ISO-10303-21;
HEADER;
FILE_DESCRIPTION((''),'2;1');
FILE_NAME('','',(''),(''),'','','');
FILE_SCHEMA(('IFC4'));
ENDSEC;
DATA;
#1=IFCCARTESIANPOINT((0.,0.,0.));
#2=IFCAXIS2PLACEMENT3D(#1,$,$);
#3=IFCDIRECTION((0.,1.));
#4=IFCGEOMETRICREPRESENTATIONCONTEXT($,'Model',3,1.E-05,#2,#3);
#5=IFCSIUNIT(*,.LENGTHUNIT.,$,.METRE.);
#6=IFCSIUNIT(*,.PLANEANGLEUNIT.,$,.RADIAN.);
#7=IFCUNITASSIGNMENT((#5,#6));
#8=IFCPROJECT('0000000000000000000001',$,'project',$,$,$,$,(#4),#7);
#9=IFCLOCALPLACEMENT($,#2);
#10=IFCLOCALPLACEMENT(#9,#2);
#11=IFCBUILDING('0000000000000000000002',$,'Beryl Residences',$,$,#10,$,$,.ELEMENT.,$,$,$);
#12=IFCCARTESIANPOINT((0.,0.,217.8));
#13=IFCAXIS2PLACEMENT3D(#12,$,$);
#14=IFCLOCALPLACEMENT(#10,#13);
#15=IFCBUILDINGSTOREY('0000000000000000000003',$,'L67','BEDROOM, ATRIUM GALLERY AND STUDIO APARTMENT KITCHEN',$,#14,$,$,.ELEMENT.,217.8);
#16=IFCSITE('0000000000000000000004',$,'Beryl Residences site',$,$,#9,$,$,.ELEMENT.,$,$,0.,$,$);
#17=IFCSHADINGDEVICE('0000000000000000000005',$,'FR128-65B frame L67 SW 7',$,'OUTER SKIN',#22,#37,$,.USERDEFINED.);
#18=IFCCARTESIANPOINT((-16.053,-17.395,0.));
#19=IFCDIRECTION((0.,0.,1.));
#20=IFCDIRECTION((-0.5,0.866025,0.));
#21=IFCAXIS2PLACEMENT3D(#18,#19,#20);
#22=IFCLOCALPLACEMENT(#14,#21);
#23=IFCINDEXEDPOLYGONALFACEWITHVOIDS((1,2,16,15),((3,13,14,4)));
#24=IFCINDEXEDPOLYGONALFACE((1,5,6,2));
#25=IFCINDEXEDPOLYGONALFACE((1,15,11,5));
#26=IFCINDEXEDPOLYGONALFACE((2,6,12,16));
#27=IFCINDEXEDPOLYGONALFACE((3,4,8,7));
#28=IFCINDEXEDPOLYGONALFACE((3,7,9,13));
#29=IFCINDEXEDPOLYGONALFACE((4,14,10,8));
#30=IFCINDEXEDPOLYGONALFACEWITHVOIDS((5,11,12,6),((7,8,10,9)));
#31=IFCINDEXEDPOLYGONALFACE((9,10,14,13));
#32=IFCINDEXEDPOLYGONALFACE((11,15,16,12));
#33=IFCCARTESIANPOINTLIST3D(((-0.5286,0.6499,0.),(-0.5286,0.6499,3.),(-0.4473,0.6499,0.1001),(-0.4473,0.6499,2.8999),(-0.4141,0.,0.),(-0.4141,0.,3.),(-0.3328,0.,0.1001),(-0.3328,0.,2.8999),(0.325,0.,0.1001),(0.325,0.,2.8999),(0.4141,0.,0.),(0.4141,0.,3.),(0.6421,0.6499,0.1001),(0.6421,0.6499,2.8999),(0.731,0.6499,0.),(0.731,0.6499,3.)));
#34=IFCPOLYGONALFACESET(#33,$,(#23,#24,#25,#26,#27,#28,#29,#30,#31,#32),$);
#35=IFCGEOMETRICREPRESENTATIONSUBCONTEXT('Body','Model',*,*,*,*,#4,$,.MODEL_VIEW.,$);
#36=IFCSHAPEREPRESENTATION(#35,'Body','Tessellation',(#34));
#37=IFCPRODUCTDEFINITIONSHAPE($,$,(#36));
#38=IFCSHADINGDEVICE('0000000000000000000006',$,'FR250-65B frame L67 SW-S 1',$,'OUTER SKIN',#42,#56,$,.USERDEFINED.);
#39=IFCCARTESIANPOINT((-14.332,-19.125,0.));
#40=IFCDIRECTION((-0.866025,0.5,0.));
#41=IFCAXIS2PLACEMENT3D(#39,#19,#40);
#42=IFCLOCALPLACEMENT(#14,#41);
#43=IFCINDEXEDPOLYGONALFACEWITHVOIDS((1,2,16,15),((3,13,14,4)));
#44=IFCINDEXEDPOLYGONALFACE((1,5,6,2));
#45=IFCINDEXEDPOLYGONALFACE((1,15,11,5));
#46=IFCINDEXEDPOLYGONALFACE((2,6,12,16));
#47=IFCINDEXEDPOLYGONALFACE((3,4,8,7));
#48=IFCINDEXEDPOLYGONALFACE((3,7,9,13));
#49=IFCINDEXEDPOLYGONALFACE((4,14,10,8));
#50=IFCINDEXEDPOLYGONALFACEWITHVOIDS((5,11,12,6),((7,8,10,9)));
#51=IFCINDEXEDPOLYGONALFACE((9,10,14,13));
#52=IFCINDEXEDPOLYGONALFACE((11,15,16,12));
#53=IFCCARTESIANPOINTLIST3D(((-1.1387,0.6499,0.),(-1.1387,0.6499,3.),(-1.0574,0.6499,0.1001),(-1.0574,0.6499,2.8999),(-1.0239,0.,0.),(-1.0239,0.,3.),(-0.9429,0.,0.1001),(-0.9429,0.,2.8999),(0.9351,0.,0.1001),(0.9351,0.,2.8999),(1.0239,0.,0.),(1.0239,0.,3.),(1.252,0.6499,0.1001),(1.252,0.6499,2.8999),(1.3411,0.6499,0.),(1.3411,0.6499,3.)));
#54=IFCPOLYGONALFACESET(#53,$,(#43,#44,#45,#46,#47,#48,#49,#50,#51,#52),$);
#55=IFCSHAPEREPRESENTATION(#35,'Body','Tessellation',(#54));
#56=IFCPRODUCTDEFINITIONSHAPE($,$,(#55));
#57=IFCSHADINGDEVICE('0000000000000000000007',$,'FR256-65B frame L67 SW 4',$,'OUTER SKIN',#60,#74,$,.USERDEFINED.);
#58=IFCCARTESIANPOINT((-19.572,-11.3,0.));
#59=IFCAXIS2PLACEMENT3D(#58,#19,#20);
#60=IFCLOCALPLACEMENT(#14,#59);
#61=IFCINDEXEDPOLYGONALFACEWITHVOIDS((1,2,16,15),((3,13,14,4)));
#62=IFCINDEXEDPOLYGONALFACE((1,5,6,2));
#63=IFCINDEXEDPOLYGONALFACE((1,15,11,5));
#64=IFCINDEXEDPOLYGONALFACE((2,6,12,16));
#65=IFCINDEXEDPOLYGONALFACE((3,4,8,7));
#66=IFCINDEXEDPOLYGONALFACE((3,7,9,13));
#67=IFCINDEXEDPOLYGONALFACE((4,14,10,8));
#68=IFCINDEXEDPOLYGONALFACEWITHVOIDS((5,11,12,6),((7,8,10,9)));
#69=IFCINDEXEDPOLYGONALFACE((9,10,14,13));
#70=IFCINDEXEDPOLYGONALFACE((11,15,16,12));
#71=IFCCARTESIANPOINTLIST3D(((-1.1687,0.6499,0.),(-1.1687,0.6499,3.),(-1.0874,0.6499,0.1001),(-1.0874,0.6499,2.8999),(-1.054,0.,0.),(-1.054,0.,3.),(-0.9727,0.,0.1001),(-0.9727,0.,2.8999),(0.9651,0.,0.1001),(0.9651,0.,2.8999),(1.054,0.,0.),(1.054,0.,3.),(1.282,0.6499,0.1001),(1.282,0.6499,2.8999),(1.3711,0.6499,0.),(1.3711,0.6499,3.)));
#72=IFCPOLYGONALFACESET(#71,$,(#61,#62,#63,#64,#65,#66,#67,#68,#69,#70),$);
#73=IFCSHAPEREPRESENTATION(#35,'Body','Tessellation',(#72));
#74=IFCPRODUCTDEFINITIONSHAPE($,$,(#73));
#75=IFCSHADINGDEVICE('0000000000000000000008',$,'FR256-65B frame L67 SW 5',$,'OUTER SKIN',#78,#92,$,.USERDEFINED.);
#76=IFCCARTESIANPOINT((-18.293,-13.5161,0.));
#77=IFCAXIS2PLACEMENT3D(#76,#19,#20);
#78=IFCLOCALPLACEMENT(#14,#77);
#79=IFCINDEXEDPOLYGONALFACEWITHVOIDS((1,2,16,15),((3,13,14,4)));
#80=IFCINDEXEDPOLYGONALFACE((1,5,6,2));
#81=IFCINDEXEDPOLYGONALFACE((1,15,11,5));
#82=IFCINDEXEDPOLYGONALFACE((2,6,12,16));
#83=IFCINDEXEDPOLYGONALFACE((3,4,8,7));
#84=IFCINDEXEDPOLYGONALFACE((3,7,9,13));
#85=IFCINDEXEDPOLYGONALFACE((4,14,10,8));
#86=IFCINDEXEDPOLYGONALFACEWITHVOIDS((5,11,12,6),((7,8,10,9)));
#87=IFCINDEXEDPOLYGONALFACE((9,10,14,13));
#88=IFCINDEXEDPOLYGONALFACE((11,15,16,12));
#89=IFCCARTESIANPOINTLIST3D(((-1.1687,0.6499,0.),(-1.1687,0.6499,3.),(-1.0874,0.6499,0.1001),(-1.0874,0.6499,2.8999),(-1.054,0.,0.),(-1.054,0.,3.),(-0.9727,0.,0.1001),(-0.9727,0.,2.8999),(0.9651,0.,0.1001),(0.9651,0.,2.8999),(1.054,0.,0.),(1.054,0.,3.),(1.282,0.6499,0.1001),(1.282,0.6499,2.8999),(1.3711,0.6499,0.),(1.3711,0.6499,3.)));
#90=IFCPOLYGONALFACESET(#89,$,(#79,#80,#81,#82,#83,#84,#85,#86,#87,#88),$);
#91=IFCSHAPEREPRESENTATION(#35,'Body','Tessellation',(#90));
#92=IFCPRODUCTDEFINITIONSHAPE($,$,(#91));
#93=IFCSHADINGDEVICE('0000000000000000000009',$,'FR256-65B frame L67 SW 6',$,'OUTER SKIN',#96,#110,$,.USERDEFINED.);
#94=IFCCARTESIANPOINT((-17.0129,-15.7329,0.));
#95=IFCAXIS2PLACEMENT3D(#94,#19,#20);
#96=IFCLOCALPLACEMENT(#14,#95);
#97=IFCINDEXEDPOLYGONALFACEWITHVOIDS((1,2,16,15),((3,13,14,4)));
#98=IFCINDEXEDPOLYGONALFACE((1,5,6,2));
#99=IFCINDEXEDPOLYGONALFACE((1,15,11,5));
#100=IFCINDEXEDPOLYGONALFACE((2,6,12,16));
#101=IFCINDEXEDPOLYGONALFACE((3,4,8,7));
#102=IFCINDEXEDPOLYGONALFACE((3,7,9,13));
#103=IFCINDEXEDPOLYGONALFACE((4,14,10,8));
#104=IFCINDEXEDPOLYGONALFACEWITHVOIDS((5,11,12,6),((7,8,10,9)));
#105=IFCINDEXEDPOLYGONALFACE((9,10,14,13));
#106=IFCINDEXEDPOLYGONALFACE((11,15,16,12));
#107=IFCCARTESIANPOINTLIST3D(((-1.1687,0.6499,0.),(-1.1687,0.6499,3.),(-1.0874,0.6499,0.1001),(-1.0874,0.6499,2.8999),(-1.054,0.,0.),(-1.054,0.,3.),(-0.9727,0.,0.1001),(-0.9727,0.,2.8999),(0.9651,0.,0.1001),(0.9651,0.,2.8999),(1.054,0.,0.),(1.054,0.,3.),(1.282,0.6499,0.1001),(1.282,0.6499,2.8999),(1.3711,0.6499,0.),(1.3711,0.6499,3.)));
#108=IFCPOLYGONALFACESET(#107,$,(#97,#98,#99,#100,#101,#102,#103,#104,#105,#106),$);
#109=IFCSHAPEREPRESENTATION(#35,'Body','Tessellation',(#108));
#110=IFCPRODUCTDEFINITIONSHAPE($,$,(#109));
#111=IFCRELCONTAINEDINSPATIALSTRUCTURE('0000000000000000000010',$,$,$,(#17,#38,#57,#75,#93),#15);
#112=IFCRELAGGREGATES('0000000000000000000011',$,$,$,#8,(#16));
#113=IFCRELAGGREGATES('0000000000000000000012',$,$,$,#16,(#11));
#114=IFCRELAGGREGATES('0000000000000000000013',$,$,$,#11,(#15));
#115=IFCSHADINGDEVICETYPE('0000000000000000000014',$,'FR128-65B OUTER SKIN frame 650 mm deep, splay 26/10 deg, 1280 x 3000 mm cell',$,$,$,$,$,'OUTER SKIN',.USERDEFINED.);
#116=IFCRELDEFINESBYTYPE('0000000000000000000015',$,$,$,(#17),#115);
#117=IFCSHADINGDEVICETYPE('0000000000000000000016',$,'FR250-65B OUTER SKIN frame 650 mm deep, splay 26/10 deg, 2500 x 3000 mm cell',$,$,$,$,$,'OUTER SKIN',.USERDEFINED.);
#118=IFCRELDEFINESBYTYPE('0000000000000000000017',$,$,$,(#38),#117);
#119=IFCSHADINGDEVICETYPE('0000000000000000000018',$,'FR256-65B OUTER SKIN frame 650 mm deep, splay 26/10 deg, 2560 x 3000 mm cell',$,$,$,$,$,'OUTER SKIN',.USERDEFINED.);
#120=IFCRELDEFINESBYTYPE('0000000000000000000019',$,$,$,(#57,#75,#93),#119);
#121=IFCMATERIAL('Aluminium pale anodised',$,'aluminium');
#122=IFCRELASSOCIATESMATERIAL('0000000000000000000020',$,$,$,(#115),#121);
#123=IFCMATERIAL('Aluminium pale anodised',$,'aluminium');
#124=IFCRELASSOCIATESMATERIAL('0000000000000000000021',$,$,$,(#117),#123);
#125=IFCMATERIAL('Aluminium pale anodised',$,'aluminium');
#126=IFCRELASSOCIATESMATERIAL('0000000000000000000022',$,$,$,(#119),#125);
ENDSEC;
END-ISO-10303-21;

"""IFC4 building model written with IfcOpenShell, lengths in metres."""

from ifc_helpers import new_model, entity, si_unit, direction, frame, origin, place, context, subcontext, project, spatial, source, transform, mapped, material, type_object, type_shapes, element, save


model = new_model("IFC4")

# Units and contexts
model_context = context("Model", 3, precision=1e-05, world=origin(), true_north=direction((0.0, 1.0)))
body_context = subcontext(model_context, "Body", "Model", "MODEL_VIEW")
ifc_project = project(units=[si_unit("LENGTHUNIT", "METRE"), si_unit("PLANEANGLEUNIT", "RADIAN")], contexts=[model_context])

# Site, building, storey
site_placement = place(None, origin())
site = spatial("IfcSite", under=ifc_project, at=site_placement, Name="Beryl Residences site", CompositionType="ELEMENT", RefElevation=0.0)
building_placement = place(site_placement, origin())
building = spatial("IfcBuilding", under=site, at=building_placement, Name="Beryl Residences", CompositionType="ELEMENT")
storey_placement = place(building_placement, frame((0.0, 0.0, 217.8)))
storey = spatial("IfcBuildingStorey", under=building, at=storey_placement, Name="L67", Description="BEDROOM, ATRIUM GALLERY AND STUDIO APARTMENT KITCHEN", CompositionType="ELEMENT", Elevation=217.8)

# Shading devices
ifc_material_1 = material(Name="Aluminium pale anodised", Category="aluminium")
shading_device_type_1 = type_object("IfcShadingDeviceType", Name="FR128-65B OUTER SKIN frame 650 mm deep, splay 26/10 deg, 1280 x 3000 mm cell", ElementType="OUTER SKIN", PredefinedType="USERDEFINED", material=ifc_material_1)
cartesian_point_1 = entity("IfcCartesianPoint", [-0.4141, 0.0])
cartesian_point_2 = entity("IfcCartesianPoint", [-0.325, 0.1001])
cartesian_point_3 = entity("IfcCartesianPoint", [-0.731, 0.0])
cartesian_point_4 = entity("IfcCartesianPoint", [-0.6421, 0.1001])
shared_shape_1 = source(origin(), body_context, "Body", "SweptSolid", [
    entity("IfcExtrudedAreaSolidTapered", entity("IfcArbitraryProfileDefWithVoids", "AREA", None, entity("IfcPolyline", [cartesian_point_1, entity("IfcCartesianPoint", [0.4141, 0.0]), entity("IfcCartesianPoint", [0.4141, 3.0]), entity("IfcCartesianPoint", [-0.4141, 3.0]), cartesian_point_1]), [entity("IfcPolyline", [cartesian_point_2, entity("IfcCartesianPoint", [0.3328, 0.1001]), entity("IfcCartesianPoint", [0.3328, 2.8999]), entity("IfcCartesianPoint", [-0.325, 2.8999]), cartesian_point_2])]), entity("IfcAxis2Placement3D", entity("IfcCartesianPoint", [0.0, 0.0, 0.0]), entity("IfcDirection", [0.0, 1.0, 0.0]), entity("IfcDirection", [-1.0, 0.0, 0.0])), entity("IfcDirection", [0.0, 0.0, 1.0]), 0.6499, entity("IfcArbitraryProfileDefWithVoids", "AREA", None, entity("IfcPolyline", [cartesian_point_3, entity("IfcCartesianPoint", [0.5286, 0.0]), entity("IfcCartesianPoint", [0.5286, 3.0]), entity("IfcCartesianPoint", [-0.731, 3.0]), cartesian_point_3]), [entity("IfcPolyline", [cartesian_point_4, entity("IfcCartesianPoint", [0.4473, 0.1001]), entity("IfcCartesianPoint", [0.4473, 2.8999]), entity("IfcCartesianPoint", [-0.6421, 2.8999]), cartesian_point_4])])),
])
type_shapes(shading_device_type_1, [shared_shape_1])
shading_device_1_placement = place(storey_placement, frame((-16.053, -17.395, 0.0), z_axis=(0.0, 0.0, 1.0), x_axis=(-0.5, 0.866025, 0.0)))
element("IfcShadingDevice", 1, at=shading_device_1_placement, inside=storey, type_object=shading_device_type_1, Name="FR128-65B frame L67 SW 7", ObjectType="OUTER SKIN", PredefinedType="USERDEFINED", context=body_context, shape_type="MappedRepresentation", body=[
    mapped(shared_shape_1, transform((0.0, 0.0, 0.0))),
])
ifc_material_2 = material(Name="Aluminium pale anodised", Category="aluminium")
shading_device_type_2 = type_object("IfcShadingDeviceType", Name="FR250-65B OUTER SKIN frame 650 mm deep, splay 26/10 deg, 2500 x 3000 mm cell", ElementType="OUTER SKIN", PredefinedType="USERDEFINED", material=ifc_material_2)
cartesian_point_5 = entity("IfcCartesianPoint", [-1.0239, 0.0])
cartesian_point_6 = entity("IfcCartesianPoint", [-0.9351, 0.1001])
cartesian_point_7 = entity("IfcCartesianPoint", [-1.3411, 0.0])
cartesian_point_8 = entity("IfcCartesianPoint", [-1.252, 0.1001])
shared_shape_2 = source(origin(), body_context, "Body", "SweptSolid", [
    entity("IfcExtrudedAreaSolidTapered", entity("IfcArbitraryProfileDefWithVoids", "AREA", None, entity("IfcPolyline", [cartesian_point_5, entity("IfcCartesianPoint", [1.0239, 0.0]), entity("IfcCartesianPoint", [1.0239, 3.0]), entity("IfcCartesianPoint", [-1.0239, 3.0]), cartesian_point_5]), [entity("IfcPolyline", [cartesian_point_6, entity("IfcCartesianPoint", [0.9429, 0.1001]), entity("IfcCartesianPoint", [0.9429, 2.8999]), entity("IfcCartesianPoint", [-0.9351, 2.8999]), cartesian_point_6])]), entity("IfcAxis2Placement3D", entity("IfcCartesianPoint", [0.0, 0.0, 0.0]), entity("IfcDirection", [0.0, 1.0, 0.0]), entity("IfcDirection", [-1.0, 0.0, 0.0])), entity("IfcDirection", [0.0, 0.0, 1.0]), 0.6499, entity("IfcArbitraryProfileDefWithVoids", "AREA", None, entity("IfcPolyline", [cartesian_point_7, entity("IfcCartesianPoint", [1.1387, 0.0]), entity("IfcCartesianPoint", [1.1387, 3.0]), entity("IfcCartesianPoint", [-1.3411, 3.0]), cartesian_point_7]), [entity("IfcPolyline", [cartesian_point_8, entity("IfcCartesianPoint", [1.0574, 0.1001]), entity("IfcCartesianPoint", [1.0574, 2.8999]), entity("IfcCartesianPoint", [-1.252, 2.8999]), cartesian_point_8])])),
])
type_shapes(shading_device_type_2, [shared_shape_2])
shading_device_2_placement = place(storey_placement, frame((-14.332, -19.125, 0.0), z_axis=(0.0, 0.0, 1.0), x_axis=(-0.866025, 0.5, 0.0)))
element("IfcShadingDevice", 2, at=shading_device_2_placement, inside=storey, type_object=shading_device_type_2, Name="FR250-65B frame L67 SW-S 1", ObjectType="OUTER SKIN", PredefinedType="USERDEFINED", context=body_context, shape_type="MappedRepresentation", body=[
    mapped(shared_shape_2, transform((0.0, 0.0, 0.0))),
])
ifc_material_3 = material(Name="Aluminium pale anodised", Category="aluminium")
shading_device_type_3 = type_object("IfcShadingDeviceType", Name="FR256-65B OUTER SKIN frame 650 mm deep, splay 26/10 deg, 2560 x 3000 mm cell", ElementType="OUTER SKIN", PredefinedType="USERDEFINED", material=ifc_material_3)
cartesian_point_9 = entity("IfcCartesianPoint", [-1.054, 0.0])
cartesian_point_10 = entity("IfcCartesianPoint", [-0.9651, 0.1001])
cartesian_point_11 = entity("IfcCartesianPoint", [-1.3711, 0.0])
cartesian_point_12 = entity("IfcCartesianPoint", [-1.282, 0.1001])
shared_shape_3 = source(origin(), body_context, "Body", "SweptSolid", [
    entity("IfcExtrudedAreaSolidTapered", entity("IfcArbitraryProfileDefWithVoids", "AREA", None, entity("IfcPolyline", [cartesian_point_9, entity("IfcCartesianPoint", [1.054, 0.0]), entity("IfcCartesianPoint", [1.054, 3.0]), entity("IfcCartesianPoint", [-1.054, 3.0]), cartesian_point_9]), [entity("IfcPolyline", [cartesian_point_10, entity("IfcCartesianPoint", [0.9727, 0.1001]), entity("IfcCartesianPoint", [0.9727, 2.8999]), entity("IfcCartesianPoint", [-0.9651, 2.8999]), cartesian_point_10])]), entity("IfcAxis2Placement3D", entity("IfcCartesianPoint", [0.0, 0.0, 0.0]), entity("IfcDirection", [0.0, 1.0, 0.0]), entity("IfcDirection", [-1.0, 0.0, 0.0])), entity("IfcDirection", [0.0, 0.0, 1.0]), 0.6499, entity("IfcArbitraryProfileDefWithVoids", "AREA", None, entity("IfcPolyline", [cartesian_point_11, entity("IfcCartesianPoint", [1.1687, 0.0]), entity("IfcCartesianPoint", [1.1687, 3.0]), entity("IfcCartesianPoint", [-1.3711, 3.0]), cartesian_point_11]), [entity("IfcPolyline", [cartesian_point_12, entity("IfcCartesianPoint", [1.0874, 0.1001]), entity("IfcCartesianPoint", [1.0874, 2.8999]), entity("IfcCartesianPoint", [-1.282, 2.8999]), cartesian_point_12])])),
])
type_shapes(shading_device_type_3, [shared_shape_3])
for number, where, z_axis, x_axis, name in (
    (3, (-19.572, -11.3, 0.0), (0.0, 0.0, 1.0), (-0.5, 0.866025, 0.0), "FR256-65B frame L67 SW 4"),
    (4, (-18.293, -13.5161, 0.0), (0.0, 0.0, 1.0), (-0.5, 0.866025, 0.0), "FR256-65B frame L67 SW 5"),
    (5, (-17.0129, -15.7329, 0.0), (0.0, 0.0, 1.0), (-0.5, 0.866025, 0.0), "FR256-65B frame L67 SW 6"),
):
    element("IfcShadingDevice", number, at=place(storey_placement, frame(where, z_axis=z_axis, x_axis=x_axis)), inside=storey, type_object=shading_device_type_3, Name=name, ObjectType="OUTER SKIN", PredefinedType="USERDEFINED", context=body_context, shape_type="MappedRepresentation", body=[
        mapped(shared_shape_3, transform((0.0, 0.0, 0.0))),
    ])

save(model, "model.ifc")
